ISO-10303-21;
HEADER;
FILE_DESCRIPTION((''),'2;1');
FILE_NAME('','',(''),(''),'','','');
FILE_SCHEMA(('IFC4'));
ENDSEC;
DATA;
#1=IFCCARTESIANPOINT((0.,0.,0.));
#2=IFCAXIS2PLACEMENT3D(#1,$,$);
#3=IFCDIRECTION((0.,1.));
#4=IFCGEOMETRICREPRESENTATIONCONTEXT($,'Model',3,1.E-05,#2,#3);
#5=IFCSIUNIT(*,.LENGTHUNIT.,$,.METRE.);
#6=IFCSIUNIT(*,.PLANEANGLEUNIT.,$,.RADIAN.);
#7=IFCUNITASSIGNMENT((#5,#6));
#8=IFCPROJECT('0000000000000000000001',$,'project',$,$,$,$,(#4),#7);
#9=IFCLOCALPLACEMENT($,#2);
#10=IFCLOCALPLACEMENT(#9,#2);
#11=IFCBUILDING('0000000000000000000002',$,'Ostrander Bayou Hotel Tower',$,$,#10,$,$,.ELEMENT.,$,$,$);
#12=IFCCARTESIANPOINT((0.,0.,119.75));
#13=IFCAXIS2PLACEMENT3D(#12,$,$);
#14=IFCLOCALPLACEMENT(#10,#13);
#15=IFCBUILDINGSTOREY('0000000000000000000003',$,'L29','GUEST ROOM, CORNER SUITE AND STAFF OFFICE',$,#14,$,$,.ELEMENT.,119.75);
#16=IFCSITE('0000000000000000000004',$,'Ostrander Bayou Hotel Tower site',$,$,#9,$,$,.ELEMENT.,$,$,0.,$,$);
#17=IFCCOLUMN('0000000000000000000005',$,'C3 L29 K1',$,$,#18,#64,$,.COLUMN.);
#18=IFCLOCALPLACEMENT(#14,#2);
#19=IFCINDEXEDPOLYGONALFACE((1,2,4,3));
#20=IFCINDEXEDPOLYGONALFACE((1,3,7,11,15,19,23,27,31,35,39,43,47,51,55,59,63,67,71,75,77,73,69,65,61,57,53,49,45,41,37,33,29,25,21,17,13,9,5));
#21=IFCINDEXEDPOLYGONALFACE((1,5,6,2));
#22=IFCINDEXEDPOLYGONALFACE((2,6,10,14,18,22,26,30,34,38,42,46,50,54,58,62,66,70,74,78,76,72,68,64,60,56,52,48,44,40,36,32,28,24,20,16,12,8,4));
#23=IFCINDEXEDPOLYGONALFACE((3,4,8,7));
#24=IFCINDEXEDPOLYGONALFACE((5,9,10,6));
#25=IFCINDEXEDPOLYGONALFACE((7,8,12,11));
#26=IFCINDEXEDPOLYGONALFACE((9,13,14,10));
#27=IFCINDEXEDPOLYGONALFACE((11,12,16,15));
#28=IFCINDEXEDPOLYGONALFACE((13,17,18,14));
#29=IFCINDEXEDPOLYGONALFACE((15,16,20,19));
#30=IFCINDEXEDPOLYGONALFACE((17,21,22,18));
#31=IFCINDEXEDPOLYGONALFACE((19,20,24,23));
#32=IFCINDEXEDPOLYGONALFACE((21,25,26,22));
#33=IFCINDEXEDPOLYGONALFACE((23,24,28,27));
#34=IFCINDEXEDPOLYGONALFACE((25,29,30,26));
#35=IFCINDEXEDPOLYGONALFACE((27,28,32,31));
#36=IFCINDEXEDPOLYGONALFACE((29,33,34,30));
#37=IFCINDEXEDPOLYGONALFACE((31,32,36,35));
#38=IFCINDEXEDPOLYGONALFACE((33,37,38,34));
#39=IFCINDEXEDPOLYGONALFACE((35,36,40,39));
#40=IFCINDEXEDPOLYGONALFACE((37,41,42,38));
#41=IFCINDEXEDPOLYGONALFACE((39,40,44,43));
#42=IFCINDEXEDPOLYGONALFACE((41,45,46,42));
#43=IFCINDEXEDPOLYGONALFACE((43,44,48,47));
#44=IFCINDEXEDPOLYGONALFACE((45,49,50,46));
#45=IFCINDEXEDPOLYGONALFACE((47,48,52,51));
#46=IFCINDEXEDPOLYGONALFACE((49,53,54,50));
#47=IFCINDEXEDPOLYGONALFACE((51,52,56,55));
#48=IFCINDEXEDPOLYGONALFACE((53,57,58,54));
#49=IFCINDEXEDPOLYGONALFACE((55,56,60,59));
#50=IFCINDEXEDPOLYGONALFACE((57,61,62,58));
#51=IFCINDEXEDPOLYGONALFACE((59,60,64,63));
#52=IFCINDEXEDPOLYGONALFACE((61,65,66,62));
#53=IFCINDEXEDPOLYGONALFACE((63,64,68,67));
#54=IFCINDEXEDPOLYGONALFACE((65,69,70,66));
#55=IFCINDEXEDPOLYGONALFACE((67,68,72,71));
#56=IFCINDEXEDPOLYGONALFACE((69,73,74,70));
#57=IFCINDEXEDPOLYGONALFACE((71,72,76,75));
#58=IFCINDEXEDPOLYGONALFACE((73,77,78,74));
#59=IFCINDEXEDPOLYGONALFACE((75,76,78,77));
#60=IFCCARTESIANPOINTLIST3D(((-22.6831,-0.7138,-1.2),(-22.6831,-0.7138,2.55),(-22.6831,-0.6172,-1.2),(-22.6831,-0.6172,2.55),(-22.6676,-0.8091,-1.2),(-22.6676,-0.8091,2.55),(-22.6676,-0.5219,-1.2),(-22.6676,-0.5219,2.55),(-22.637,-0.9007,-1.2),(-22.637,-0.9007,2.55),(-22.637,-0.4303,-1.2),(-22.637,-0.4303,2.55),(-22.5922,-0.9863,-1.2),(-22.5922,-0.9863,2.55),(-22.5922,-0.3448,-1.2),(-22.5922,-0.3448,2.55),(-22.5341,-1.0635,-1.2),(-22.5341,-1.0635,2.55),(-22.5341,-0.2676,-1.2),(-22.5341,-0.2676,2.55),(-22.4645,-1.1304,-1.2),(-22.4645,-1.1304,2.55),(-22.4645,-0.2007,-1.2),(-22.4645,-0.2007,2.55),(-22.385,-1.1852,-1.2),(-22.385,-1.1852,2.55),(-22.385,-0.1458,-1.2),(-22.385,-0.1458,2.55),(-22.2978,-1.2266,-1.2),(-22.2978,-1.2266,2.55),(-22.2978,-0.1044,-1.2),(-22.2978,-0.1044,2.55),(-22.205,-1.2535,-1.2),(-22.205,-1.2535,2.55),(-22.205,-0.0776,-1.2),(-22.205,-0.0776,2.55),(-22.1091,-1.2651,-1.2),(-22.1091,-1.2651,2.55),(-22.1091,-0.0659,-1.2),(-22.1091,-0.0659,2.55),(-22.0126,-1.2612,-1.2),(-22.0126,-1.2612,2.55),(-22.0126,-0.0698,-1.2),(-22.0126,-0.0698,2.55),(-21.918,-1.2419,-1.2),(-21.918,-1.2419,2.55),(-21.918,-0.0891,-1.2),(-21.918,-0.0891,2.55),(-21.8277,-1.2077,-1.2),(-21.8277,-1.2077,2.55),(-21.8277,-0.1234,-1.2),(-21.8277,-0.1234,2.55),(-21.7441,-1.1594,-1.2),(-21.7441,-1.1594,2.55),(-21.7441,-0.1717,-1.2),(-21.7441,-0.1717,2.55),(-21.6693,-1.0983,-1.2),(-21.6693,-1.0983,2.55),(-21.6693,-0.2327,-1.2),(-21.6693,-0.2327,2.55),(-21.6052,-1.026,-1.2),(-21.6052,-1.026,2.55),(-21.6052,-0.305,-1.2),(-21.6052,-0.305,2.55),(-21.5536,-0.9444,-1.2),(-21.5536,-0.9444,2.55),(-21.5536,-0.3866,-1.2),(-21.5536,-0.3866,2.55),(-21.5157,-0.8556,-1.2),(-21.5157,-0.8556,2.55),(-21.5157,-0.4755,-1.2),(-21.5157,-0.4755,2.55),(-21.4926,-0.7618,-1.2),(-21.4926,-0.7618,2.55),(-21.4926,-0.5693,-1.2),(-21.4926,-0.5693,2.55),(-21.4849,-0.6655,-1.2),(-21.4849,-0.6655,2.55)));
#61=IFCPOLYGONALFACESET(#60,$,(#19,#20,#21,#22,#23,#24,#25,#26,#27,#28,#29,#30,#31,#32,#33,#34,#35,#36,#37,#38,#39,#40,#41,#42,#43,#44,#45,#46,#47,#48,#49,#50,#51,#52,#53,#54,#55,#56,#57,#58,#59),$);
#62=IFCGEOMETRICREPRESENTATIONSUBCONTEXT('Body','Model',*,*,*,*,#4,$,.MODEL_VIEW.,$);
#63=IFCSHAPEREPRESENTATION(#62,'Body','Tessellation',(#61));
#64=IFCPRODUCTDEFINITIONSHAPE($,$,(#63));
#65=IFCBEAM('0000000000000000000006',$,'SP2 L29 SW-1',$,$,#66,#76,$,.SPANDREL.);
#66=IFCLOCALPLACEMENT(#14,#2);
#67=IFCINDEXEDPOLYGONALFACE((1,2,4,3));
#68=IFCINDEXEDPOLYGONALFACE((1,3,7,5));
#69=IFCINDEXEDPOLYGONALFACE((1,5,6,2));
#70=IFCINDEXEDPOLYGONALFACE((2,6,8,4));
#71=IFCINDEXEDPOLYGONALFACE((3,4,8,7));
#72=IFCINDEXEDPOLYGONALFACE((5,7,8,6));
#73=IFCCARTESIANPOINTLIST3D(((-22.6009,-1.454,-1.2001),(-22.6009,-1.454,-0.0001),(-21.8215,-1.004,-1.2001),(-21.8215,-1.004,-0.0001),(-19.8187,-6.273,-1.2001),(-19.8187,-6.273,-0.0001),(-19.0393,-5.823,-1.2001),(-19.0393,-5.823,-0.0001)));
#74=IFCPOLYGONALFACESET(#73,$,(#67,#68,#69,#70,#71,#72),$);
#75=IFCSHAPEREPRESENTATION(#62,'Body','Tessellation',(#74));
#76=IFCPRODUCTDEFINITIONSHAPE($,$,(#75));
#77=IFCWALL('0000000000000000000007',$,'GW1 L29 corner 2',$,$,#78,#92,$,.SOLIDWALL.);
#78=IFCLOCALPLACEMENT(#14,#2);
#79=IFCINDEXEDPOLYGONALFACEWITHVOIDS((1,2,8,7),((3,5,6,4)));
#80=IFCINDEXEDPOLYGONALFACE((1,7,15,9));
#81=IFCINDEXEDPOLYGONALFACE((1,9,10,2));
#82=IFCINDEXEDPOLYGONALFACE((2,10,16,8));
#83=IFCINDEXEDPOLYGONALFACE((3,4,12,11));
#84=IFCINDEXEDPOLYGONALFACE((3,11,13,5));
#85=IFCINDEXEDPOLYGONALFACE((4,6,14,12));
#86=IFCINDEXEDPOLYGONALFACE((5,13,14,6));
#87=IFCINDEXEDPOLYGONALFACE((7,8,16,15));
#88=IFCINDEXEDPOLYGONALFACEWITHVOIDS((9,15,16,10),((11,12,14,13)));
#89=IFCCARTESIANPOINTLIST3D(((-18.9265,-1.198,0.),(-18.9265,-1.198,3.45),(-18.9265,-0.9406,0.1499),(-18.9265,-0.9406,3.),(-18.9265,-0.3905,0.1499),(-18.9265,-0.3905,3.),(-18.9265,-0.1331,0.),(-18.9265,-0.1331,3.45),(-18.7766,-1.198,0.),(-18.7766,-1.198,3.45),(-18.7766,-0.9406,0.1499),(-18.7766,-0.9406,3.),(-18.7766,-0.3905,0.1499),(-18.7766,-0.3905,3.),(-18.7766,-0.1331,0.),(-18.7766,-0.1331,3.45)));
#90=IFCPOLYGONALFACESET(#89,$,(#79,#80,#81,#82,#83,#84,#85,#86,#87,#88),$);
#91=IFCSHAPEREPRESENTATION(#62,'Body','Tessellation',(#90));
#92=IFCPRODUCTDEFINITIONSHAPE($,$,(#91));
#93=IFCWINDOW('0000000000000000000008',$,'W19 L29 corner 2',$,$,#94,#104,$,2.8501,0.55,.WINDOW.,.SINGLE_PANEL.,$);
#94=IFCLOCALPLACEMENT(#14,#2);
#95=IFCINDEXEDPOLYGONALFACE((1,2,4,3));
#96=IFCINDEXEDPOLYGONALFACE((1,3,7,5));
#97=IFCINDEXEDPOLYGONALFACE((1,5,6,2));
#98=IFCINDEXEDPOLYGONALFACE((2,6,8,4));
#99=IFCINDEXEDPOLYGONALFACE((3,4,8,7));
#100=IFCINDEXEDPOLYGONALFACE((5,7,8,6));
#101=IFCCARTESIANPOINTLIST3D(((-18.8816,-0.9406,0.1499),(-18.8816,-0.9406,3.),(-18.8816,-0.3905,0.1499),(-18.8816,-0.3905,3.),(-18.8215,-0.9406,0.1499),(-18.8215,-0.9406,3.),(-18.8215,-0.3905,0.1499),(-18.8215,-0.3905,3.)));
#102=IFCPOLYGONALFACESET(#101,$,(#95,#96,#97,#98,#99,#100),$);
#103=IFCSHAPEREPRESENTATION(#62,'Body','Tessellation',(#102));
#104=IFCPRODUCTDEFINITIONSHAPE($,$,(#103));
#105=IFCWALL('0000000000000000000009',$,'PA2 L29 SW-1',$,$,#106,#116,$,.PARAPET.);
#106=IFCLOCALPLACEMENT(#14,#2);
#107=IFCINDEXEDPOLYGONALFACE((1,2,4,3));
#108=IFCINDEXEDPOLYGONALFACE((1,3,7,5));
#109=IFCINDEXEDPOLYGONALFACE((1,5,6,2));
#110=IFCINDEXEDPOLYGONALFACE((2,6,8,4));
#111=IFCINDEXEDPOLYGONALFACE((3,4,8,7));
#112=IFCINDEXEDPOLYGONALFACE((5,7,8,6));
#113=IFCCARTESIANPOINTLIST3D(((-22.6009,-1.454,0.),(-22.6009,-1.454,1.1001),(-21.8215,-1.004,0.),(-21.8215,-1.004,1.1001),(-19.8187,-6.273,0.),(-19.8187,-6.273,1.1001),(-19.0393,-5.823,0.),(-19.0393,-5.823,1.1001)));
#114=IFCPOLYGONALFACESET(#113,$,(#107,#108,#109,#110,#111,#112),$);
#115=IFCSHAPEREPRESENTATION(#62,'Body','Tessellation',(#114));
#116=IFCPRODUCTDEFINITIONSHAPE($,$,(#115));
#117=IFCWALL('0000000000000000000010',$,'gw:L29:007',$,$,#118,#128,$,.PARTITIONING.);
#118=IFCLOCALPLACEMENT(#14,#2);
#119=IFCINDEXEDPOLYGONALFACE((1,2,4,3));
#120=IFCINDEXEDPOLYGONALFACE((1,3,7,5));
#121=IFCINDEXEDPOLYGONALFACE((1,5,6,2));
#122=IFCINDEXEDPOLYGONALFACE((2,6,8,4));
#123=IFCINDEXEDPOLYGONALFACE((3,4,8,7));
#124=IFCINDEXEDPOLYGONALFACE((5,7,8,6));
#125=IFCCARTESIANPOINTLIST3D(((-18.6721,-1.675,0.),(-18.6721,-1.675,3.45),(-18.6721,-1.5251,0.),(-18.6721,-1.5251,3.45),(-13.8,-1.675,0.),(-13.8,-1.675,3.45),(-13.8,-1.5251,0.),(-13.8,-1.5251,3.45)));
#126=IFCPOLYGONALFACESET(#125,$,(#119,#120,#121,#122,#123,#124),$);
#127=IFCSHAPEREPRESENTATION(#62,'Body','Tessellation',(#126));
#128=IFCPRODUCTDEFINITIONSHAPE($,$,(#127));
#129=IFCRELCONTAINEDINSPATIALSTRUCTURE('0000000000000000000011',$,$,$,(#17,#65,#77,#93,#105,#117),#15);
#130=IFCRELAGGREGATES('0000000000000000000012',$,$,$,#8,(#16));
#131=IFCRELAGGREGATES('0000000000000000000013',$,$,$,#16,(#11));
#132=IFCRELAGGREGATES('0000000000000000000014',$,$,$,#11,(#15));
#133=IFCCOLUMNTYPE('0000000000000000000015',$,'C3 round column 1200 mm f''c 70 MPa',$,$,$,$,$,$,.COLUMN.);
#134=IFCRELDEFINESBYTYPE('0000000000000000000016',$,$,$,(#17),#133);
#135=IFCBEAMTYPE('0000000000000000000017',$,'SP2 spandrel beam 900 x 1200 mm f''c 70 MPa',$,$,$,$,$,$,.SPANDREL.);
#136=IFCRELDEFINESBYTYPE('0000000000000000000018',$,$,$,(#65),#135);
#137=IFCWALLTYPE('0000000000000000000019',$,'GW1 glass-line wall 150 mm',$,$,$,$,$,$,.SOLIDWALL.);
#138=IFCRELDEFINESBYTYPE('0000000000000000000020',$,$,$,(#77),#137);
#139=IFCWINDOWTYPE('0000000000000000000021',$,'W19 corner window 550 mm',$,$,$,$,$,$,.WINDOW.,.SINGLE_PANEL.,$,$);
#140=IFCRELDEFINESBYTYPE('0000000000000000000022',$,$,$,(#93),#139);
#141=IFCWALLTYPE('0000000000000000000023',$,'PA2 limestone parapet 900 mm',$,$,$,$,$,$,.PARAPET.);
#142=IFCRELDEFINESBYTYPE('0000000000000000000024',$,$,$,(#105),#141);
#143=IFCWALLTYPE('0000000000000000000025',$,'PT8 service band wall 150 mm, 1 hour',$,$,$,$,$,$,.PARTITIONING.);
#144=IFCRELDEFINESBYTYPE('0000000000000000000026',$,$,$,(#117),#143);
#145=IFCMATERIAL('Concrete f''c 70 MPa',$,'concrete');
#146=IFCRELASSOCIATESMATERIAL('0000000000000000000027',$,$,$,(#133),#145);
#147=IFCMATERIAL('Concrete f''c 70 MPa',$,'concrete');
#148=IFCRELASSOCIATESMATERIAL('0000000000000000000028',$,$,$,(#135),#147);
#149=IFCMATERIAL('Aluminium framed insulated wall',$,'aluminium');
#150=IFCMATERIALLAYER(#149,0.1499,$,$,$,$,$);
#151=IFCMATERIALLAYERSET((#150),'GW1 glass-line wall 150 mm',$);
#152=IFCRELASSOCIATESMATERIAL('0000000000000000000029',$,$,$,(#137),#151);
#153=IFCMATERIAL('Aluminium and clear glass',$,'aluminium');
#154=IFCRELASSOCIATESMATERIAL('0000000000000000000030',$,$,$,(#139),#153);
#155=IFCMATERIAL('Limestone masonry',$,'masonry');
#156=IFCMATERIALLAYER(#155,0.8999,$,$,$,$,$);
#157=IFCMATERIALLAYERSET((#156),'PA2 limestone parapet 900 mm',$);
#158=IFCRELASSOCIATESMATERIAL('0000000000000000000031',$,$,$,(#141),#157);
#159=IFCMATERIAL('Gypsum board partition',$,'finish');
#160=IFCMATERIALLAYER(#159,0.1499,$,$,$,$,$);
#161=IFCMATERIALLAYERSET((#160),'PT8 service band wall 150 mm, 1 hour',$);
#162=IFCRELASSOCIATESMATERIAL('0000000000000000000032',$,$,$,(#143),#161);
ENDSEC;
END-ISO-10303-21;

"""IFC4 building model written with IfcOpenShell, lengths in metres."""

from ifc_helpers import new_model, si_unit, direction, frame, frame_2d, origin, origin_2d, place, context, subcontext, project, spatial, rectangle, circle, extrude, material, layer, layer_set, material_profile, profile_set, type_object, element, fill, save


model = new_model("IFC4")

# Units and contexts
model_context = context("Model", 3, precision=1e-05, world=origin(), true_north=direction((0.0, 1.0)))
body_context = subcontext(model_context, "Body", "Model", "MODEL_VIEW")
ifc_project = project(units=[si_unit("LENGTHUNIT", "METRE"), si_unit("PLANEANGLEUNIT", "RADIAN")], contexts=[model_context])

# Site, building, storey
site_placement = place(None, origin())
site = spatial("IfcSite", under=ifc_project, at=site_placement, Name="Ostrander Bayou Hotel Tower site", CompositionType="ELEMENT", RefElevation=0.0)
building_placement = place(site_placement, origin())
building = spatial("IfcBuilding", under=site, at=building_placement, Name="Ostrander Bayou Hotel Tower", CompositionType="ELEMENT")
storey_placement = place(building_placement, frame((0.0, 0.0, 119.75)))
storey = spatial("IfcBuildingStorey", under=building, at=storey_placement, Name="L29", Description="GUEST ROOM, CORNER SUITE AND STAFF OFFICE", CompositionType="ELEMENT", Elevation=119.75)

# Column
ifc_material_1 = material(Name="Concrete f'c 70 MPa", Category="concrete")
ifc_material_profile_1 = material_profile(ifc_material_1, circle(Radius=0.6001, at=origin_2d()))
ifc_profile_set_1 = profile_set([ifc_material_profile_1], Name="Concrete f'c 70 MPa")
column_type = type_object("IfcColumnType", Name="C3 round column 1200 mm f'c 70 MPa", PredefinedType="COLUMN", material=ifc_profile_set_1)
column_placement = place(storey_placement, frame((-22.085, -0.6655, -1.2), z_axis=(0.0, 0.0, 1.0), x_axis=(1.0, 0.0, 0.0)))
element("IfcColumn", 1, at=column_placement, inside=storey, type_object=column_type, Name="C3 L29 K1", PredefinedType="COLUMN", context=body_context, shape_type="SweptSolid", body=[
    extrude(circle(Radius=0.6001, at=origin_2d()), origin(), (0.0, 0.0, 1.0), 3.75),
])

# Beam
ifc_material_2 = material(Name="Concrete f'c 70 MPa", Category="concrete")
ifc_material_profile_2 = material_profile(ifc_material_2, rectangle(XDim=0.8999, YDim=1.2, at=origin_2d()))
ifc_profile_set_2 = profile_set([ifc_material_profile_2], Name="Concrete f'c 70 MPa")
beam_type = type_object("IfcBeamType", Name="SP2 spandrel beam 900 x 1200 mm f'c 70 MPa", PredefinedType="SPANDREL", material=ifc_profile_set_2)
beam_placement = place(storey_placement, frame((-22.2112, -1.229, -0.6001), z_axis=(0.49999, -0.866031, 0.0), x_axis=(0.866031, 0.49999, 0.0)))
element("IfcBeam", 2, at=beam_placement, inside=storey, type_object=beam_type, Name="SP2 L29 SW-1", PredefinedType="SPANDREL", context=body_context, shape_type="SweptSolid", body=[
    extrude(rectangle(XDim=0.8999, YDim=1.2, at=origin_2d()), origin(), (0.0, 0.0, 1.0), 5.5645),
])

# Shared definitions
ifc_material_3 = material(Name="Aluminium framed insulated wall", Category="aluminium")
ifc_layer_1 = layer(ifc_material_3, 0.1499)
ifc_layer_set_1 = layer_set([ifc_layer_1], Name="GW1 glass-line wall 150 mm")
wall_type_1 = type_object("IfcWallType", Name="GW1 glass-line wall 150 mm", PredefinedType="SOLIDWALL", material=ifc_layer_set_1)

# Wall, opening, window
wall_1_placement = place(storey_placement, frame((-18.8516, -0.1331, 0.0), z_axis=(0.0, 0.0, 1.0), x_axis=(0.0, -1.0, 0.0)))
wall_1 = element("IfcWall", 3, at=wall_1_placement, inside=storey, type_object=wall_type_1, Name="GW1 L29 corner 2", PredefinedType="SOLIDWALL", context=body_context, shape_type="SweptSolid", body=[
    extrude(rectangle(XDim=1.0649, YDim=0.1499, at=frame_2d((0.5325, 0.0))), origin(), (0.0, 0.0, 1.0), 3.45),
])
opening_1_placement = place(wall_1_placement, frame((0.2576, 0.0, 0.1499)))
opening_1 = element("IfcOpeningElement", 4, at=opening_1_placement, cuts=wall_1, PredefinedType="OPENING", context=body_context, shape_type="SweptSolid", body=[
    extrude(rectangle(XDim=0.55, YDim=2.8501, at=frame_2d((0.2749, 1.425))), frame((0.0, 0.075, 0.0), z_axis=(0.0, -1.0, 0.0), x_axis=(1.0, 0.0, 0.0)), (0.0, 0.0, 1.0), 0.1499),
])
ifc_material_4 = material(Name="Aluminium and clear glass", Category="aluminium")
window_type_1 = type_object("IfcWindowType", Name="W19 corner window 550 mm", PartitioningType="SINGLE_PANEL", PredefinedType="WINDOW", material=ifc_material_4)
window_1_placement = place(opening_1_placement, origin())
window_1 = element("IfcWindow", 5, at=window_1_placement, inside=storey, type_object=window_type_1, Name="W19 L29 corner 2", OverallHeight=2.8501, OverallWidth=0.55, PartitioningType="SINGLE_PANEL", PredefinedType="WINDOW", context=body_context, shape_type="SweptSolid", body=[
    extrude(rectangle(XDim=0.55, YDim=2.8501, at=frame_2d((0.2749, 1.425))), frame((0.0, 0.03, 0.0), z_axis=(0.0, -1.0, 0.0), x_axis=(1.0, 0.0, 0.0)), (0.0, 0.0, 1.0), 0.0601),
])
fill(opening_1, window_1)

# Walls
ifc_material_5 = material(Name="Limestone masonry", Category="masonry")
ifc_layer_2 = layer(ifc_material_5, 0.8999)
ifc_layer_set_2 = layer_set([ifc_layer_2], Name="PA2 limestone parapet 900 mm")
wall_type_2 = type_object("IfcWallType", Name="PA2 limestone parapet 900 mm", PredefinedType="PARAPET", material=ifc_layer_set_2)
wall_2_placement = place(storey_placement, frame((-22.2112, -1.229, 0.0), z_axis=(0.0, 0.0, 1.0), x_axis=(0.49999, -0.866031, 0.0)))
element("IfcWall", 6, at=wall_2_placement, inside=storey, type_object=wall_type_2, Name="PA2 L29 SW-1", PredefinedType="PARAPET", context=body_context, shape_type="SweptSolid", body=[
    extrude(rectangle(XDim=5.5645, YDim=0.8999, at=frame_2d((2.7822, 0.0))), origin(), (0.0, 0.0, 1.0), 1.1001),
])
ifc_material_6 = material(Name="Gypsum board partition", Category="finish")
ifc_layer_3 = layer(ifc_material_6, 0.1499)
ifc_layer_set_3 = layer_set([ifc_layer_3], Name="PT8 service band wall 150 mm, 1 hour")
wall_type_3 = type_object("IfcWallType", Name="PT8 service band wall 150 mm, 1 hour", PredefinedType="PARTITIONING", material=ifc_layer_set_3)
wall_3_placement = place(storey_placement, frame((-18.6721, -1.6001, 0.0), z_axis=(0.0, 0.0, 1.0), x_axis=(1.0, 0.0, 0.0)))
element("IfcWall", 7, at=wall_3_placement, inside=storey, type_object=wall_type_3, Name="gw:L29:007", PredefinedType="PARTITIONING", context=body_context, shape_type="SweptSolid", body=[
    extrude(rectangle(XDim=4.8721, YDim=0.1499, at=frame_2d((2.436, 0.0))), origin(), (0.0, 0.0, 1.0), 3.45),
])

save(model, "model.ifc")
